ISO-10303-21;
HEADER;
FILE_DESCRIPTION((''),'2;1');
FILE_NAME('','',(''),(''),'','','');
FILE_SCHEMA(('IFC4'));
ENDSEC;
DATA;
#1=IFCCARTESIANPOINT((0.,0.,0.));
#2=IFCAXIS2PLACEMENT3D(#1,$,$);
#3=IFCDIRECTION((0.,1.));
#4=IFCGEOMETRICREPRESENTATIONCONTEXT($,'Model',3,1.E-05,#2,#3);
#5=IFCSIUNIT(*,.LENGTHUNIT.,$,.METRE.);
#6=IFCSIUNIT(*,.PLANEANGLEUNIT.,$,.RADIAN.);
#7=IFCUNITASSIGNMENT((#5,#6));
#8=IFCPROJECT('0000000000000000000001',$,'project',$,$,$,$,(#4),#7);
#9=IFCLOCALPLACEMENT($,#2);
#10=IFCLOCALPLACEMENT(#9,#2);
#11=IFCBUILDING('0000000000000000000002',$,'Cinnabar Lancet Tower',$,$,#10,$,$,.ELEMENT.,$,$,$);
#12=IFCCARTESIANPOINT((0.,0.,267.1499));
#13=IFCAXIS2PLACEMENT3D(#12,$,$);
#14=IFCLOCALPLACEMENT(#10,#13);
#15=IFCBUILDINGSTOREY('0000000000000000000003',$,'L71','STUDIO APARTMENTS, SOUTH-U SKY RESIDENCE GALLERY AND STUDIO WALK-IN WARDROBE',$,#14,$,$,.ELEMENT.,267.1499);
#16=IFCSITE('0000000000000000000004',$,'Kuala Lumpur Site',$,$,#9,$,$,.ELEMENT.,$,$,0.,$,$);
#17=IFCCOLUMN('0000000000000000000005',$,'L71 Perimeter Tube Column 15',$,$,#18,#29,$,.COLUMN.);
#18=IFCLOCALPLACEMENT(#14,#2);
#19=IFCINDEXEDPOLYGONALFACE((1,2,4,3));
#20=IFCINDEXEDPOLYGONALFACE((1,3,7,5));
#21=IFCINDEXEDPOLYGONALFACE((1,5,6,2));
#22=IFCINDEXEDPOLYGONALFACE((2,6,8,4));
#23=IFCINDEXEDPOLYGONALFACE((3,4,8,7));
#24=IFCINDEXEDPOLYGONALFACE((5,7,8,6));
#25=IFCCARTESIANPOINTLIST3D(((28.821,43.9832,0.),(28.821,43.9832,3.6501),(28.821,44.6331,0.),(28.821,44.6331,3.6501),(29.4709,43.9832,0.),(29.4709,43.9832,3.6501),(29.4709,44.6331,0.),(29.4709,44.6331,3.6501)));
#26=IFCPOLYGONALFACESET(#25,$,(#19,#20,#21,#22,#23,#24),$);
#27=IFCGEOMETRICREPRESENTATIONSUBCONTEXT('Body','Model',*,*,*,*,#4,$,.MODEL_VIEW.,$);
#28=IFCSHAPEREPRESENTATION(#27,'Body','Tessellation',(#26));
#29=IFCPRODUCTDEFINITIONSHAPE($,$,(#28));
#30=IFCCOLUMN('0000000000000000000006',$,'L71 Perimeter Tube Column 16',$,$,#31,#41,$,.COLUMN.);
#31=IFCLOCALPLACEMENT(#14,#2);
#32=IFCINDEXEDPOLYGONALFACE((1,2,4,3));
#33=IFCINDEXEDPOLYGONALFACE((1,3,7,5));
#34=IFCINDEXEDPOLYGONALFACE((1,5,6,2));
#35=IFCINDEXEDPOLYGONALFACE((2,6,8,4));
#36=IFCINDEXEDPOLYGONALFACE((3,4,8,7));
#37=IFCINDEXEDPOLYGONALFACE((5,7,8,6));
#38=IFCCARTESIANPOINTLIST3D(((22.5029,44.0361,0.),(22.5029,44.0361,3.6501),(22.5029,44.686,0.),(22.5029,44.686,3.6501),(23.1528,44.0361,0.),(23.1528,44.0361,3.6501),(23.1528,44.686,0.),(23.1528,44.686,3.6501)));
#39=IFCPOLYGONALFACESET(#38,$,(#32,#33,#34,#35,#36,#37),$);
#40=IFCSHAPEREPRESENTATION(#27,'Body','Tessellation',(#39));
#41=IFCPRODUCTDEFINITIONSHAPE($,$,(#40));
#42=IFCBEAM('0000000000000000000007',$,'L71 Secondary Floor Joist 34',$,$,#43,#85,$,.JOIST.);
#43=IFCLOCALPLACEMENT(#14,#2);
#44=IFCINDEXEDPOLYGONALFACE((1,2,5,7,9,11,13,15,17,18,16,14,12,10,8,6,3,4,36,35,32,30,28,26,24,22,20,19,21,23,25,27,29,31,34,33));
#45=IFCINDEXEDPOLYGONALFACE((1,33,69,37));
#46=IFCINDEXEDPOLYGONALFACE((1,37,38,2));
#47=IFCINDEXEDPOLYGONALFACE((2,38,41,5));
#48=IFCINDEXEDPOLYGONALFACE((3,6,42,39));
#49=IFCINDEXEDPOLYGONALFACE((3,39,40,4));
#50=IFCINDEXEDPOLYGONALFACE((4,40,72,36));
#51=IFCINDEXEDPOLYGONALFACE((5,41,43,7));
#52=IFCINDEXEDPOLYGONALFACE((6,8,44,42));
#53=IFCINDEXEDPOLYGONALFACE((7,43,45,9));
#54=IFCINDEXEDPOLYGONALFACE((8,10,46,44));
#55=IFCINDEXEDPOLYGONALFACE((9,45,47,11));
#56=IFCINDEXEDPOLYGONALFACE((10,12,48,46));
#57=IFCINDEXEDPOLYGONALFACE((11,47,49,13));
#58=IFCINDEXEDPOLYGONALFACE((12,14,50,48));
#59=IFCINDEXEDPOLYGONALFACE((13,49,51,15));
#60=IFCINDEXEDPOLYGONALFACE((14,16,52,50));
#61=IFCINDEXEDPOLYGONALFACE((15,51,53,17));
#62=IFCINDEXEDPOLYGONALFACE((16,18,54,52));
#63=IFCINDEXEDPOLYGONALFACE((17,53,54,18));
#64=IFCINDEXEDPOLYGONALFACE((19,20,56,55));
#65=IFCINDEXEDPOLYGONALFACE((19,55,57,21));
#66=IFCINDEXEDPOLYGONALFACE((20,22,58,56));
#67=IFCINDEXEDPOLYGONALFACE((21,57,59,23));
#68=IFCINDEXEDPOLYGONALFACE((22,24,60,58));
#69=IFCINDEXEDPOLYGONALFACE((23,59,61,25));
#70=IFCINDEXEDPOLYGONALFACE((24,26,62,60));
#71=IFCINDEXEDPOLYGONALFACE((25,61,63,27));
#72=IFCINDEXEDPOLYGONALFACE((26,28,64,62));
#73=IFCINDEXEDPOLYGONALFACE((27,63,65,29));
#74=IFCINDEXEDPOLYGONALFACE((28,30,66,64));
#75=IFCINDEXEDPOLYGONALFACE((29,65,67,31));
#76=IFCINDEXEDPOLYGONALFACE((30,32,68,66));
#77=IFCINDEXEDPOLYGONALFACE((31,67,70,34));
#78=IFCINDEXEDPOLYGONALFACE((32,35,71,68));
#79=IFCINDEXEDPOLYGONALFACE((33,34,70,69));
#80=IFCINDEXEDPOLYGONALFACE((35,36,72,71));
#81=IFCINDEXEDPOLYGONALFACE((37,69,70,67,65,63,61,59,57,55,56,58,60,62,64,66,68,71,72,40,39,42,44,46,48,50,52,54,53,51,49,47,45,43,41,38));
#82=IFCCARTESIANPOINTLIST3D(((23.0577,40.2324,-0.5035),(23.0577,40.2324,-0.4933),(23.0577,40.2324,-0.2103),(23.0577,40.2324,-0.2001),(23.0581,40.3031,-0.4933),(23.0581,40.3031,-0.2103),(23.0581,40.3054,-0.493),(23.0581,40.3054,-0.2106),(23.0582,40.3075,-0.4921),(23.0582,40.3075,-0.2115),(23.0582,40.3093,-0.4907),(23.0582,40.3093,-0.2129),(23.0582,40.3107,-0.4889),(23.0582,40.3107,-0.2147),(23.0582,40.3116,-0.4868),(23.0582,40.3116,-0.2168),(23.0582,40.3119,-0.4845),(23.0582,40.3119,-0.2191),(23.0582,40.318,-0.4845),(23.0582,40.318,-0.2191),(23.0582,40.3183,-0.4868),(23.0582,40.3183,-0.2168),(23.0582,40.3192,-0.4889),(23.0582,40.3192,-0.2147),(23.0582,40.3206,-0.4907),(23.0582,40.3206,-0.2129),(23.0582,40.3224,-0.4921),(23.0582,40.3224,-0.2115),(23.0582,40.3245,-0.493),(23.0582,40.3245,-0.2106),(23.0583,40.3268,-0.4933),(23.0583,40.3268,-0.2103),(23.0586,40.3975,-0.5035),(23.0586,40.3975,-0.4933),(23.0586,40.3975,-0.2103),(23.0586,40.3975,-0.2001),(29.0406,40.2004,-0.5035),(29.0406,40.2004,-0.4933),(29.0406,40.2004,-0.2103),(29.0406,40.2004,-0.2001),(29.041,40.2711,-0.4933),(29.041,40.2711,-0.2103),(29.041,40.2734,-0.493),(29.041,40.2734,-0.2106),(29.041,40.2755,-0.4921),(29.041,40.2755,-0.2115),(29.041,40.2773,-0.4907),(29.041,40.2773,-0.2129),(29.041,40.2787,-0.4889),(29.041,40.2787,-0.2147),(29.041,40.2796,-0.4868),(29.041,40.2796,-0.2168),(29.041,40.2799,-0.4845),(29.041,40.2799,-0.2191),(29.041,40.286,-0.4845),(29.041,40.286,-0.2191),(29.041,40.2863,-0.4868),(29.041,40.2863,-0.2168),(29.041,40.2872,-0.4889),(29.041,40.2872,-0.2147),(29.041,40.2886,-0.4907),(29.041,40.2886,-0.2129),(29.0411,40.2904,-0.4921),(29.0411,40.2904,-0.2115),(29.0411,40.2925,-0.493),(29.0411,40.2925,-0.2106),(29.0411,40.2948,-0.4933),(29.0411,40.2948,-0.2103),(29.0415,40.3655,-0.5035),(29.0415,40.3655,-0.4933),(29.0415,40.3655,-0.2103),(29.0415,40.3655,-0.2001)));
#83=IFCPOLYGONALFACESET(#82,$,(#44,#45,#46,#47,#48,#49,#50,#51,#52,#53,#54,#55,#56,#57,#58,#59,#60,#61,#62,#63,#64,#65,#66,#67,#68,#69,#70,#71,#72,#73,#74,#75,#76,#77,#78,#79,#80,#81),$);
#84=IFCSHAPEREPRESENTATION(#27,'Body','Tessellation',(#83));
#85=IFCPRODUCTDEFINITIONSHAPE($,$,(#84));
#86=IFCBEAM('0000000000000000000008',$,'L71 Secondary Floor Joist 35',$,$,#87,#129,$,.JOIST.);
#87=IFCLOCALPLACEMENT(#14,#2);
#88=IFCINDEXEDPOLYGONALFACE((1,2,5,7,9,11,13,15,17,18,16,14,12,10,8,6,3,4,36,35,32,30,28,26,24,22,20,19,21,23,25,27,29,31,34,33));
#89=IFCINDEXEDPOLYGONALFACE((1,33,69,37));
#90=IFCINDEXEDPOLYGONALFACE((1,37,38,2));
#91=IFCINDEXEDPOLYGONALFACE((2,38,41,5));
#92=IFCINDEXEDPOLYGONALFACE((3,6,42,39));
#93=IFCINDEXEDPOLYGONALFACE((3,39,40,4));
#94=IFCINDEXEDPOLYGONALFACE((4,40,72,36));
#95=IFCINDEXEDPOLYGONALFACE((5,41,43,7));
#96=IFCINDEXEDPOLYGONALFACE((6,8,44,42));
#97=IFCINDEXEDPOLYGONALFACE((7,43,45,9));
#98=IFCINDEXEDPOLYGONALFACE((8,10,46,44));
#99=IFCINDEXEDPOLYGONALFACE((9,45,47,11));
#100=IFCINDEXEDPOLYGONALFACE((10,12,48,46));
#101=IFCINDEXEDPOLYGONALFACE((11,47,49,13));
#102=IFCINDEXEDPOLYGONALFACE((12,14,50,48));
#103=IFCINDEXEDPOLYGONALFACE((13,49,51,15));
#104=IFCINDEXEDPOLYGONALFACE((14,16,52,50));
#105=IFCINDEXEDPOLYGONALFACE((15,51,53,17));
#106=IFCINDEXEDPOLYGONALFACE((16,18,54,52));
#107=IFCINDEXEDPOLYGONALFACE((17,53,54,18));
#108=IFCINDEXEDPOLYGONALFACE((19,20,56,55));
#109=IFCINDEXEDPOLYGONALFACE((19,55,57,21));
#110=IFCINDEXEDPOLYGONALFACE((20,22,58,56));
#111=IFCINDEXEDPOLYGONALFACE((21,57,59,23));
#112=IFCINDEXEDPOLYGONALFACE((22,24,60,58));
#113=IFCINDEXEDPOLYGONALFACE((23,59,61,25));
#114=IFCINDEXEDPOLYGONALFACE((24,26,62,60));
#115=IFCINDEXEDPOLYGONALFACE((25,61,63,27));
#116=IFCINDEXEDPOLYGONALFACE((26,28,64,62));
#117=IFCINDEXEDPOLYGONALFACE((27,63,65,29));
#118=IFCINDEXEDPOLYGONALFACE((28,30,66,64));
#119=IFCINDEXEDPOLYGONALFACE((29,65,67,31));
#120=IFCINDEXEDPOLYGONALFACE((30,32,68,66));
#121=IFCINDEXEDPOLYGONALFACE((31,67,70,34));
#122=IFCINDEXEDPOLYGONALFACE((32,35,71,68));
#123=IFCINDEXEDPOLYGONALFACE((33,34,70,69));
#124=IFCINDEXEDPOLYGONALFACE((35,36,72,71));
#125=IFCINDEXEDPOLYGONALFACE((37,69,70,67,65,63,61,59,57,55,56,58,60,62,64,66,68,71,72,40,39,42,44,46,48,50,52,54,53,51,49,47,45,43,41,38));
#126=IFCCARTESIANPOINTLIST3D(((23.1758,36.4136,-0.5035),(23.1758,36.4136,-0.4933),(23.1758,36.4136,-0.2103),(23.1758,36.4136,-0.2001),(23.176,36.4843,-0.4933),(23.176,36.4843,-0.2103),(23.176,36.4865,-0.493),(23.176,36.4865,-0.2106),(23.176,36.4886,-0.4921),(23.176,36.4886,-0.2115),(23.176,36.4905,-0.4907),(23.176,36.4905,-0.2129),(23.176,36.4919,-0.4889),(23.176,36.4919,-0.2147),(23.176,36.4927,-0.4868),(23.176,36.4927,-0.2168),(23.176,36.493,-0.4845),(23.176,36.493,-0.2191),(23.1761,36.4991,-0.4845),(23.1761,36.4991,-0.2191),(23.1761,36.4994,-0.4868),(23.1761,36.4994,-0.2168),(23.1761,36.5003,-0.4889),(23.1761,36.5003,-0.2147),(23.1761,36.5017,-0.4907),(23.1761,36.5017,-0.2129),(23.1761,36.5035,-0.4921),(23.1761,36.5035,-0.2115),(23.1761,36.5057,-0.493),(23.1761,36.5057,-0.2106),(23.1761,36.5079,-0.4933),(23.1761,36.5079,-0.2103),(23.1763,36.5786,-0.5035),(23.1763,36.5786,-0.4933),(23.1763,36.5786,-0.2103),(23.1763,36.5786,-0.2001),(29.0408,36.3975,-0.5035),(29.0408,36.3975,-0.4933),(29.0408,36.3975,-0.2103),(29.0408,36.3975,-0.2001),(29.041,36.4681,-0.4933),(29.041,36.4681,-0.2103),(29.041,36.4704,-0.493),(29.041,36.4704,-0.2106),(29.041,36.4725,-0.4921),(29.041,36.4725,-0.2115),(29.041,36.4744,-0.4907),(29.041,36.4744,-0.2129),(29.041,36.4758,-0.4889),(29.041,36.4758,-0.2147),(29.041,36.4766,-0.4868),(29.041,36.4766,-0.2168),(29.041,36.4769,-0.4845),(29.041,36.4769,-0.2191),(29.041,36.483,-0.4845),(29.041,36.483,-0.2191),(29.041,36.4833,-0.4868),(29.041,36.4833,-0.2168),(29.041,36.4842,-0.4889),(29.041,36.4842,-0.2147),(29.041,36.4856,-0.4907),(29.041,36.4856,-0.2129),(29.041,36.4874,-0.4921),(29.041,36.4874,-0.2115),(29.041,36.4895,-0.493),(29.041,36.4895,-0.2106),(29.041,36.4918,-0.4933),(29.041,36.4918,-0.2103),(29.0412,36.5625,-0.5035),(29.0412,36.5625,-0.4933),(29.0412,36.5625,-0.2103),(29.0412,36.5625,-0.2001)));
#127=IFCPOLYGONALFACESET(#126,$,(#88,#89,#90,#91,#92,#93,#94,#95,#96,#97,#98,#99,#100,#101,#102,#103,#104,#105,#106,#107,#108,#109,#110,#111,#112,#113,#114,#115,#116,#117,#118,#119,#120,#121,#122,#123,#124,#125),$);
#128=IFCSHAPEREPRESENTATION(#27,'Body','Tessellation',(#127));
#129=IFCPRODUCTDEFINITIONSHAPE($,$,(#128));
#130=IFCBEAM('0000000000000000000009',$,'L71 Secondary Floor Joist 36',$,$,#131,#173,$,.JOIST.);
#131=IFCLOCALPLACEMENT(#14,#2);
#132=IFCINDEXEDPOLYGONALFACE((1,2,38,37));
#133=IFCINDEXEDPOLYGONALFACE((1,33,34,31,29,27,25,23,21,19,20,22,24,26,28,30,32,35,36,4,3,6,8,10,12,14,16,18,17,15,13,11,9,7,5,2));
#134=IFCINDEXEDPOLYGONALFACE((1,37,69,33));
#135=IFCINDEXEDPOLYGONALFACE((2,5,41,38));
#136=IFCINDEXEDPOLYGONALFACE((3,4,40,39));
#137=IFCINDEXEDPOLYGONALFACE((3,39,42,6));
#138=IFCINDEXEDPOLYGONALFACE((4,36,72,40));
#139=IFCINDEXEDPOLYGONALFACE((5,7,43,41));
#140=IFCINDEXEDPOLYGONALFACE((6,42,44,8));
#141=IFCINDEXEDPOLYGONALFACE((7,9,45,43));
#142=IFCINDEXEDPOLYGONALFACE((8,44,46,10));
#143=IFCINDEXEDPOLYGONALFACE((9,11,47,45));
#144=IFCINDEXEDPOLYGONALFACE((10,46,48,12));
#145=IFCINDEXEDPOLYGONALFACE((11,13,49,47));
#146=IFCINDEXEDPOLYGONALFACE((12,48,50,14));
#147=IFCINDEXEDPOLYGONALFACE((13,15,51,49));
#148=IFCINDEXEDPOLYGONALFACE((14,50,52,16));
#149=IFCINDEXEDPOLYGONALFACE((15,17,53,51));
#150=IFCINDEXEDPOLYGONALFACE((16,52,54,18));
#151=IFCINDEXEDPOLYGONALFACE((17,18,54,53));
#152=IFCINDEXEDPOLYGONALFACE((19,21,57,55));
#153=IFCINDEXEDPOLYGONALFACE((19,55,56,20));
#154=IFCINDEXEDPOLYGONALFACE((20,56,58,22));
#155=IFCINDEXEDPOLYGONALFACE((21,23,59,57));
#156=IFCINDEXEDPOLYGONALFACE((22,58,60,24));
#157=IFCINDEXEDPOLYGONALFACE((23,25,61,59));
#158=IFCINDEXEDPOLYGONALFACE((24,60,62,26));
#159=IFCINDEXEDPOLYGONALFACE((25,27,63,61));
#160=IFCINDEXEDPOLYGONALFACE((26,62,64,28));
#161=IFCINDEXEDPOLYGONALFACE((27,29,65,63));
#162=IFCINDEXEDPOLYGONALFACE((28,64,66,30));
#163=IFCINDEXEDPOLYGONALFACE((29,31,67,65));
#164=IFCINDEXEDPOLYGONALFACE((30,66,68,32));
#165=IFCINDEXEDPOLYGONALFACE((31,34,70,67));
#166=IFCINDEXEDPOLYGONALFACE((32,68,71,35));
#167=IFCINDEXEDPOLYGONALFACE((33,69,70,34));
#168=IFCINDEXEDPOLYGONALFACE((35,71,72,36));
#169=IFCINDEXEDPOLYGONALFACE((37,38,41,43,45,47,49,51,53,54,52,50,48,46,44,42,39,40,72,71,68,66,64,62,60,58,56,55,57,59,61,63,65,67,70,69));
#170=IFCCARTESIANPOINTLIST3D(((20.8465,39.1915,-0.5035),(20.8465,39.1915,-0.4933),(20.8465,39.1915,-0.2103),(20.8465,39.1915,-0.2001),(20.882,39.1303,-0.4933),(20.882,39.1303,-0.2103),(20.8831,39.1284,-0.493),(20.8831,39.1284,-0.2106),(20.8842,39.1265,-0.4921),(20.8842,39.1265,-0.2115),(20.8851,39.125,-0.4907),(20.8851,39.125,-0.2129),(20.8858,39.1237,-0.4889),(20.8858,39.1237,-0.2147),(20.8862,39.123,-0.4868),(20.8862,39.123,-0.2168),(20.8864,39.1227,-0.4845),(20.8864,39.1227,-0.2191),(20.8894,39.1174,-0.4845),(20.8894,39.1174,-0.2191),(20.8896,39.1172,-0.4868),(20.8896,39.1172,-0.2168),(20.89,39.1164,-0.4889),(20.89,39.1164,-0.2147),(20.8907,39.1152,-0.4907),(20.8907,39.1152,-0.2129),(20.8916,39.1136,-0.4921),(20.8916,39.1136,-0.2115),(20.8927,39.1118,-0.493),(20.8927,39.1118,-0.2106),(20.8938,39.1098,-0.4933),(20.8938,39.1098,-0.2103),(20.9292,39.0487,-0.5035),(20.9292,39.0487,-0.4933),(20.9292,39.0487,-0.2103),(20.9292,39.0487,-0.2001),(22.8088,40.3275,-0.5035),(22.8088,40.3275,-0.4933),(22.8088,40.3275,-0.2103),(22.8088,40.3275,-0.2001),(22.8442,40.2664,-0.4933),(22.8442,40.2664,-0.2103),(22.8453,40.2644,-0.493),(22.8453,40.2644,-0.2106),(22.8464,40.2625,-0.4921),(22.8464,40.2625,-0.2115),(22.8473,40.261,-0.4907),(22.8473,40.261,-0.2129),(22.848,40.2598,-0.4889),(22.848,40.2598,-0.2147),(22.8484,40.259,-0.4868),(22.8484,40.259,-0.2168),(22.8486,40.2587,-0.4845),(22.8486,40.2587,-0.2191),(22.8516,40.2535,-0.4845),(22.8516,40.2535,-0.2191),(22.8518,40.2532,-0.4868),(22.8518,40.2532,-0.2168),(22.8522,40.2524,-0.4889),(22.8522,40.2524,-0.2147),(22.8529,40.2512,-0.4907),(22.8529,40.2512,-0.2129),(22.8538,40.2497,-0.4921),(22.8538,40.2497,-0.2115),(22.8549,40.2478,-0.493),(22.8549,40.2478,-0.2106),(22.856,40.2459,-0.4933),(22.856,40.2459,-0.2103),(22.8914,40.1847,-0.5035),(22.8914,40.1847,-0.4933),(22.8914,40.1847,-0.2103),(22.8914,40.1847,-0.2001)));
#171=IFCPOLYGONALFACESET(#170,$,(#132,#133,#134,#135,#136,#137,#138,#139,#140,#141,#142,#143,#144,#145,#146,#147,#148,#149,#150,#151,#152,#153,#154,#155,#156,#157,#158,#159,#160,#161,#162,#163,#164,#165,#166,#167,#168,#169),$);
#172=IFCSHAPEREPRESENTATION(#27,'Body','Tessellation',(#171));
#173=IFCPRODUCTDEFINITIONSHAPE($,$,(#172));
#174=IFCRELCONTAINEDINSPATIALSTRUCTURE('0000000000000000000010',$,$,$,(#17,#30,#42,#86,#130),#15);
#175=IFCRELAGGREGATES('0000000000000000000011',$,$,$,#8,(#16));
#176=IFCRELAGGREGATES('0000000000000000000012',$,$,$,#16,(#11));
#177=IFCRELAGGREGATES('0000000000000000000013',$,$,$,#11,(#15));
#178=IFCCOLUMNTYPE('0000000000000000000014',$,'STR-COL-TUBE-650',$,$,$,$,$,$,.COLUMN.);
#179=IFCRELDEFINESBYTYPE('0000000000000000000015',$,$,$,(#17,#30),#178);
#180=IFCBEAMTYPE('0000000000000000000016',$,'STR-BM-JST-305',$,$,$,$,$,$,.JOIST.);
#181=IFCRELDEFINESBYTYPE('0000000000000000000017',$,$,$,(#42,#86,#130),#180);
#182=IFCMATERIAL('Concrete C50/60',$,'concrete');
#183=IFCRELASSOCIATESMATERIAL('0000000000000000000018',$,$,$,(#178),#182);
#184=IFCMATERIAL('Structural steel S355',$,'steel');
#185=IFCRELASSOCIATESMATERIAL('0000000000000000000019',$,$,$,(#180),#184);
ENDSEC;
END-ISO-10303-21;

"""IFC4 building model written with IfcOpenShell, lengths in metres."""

from ifc_helpers import new_model, si_unit, direction, frame, origin, origin_2d, place, context, subcontext, project, spatial, rectangle, i_section, extrude, material, material_profile, profile_set, type_object, element, save


model = new_model("IFC4")

# Units and contexts
model_context = context("Model", 3, precision=1e-05, world=origin(), true_north=direction((0.0, 1.0)))
body_context = subcontext(model_context, "Body", "Model", "MODEL_VIEW")
ifc_project = project(units=[si_unit("LENGTHUNIT", "METRE"), si_unit("PLANEANGLEUNIT", "RADIAN")], contexts=[model_context])

# Site, building, storey
site_placement = place(None, origin())
site = spatial("IfcSite", under=ifc_project, at=site_placement, Name="Kuala Lumpur Site", CompositionType="ELEMENT", RefElevation=0.0)
building_placement = place(site_placement, origin())
building = spatial("IfcBuilding", under=site, at=building_placement, Name="Cinnabar Lancet Tower", CompositionType="ELEMENT")
storey_placement = place(building_placement, frame((0.0, 0.0, 267.1499)))
storey = spatial("IfcBuildingStorey", under=building, at=storey_placement, Name="L71", Description="STUDIO APARTMENTS, SOUTH-U SKY RESIDENCE GALLERY AND STUDIO WALK-IN WARDROBE", CompositionType="ELEMENT", Elevation=267.1499)

# Columns
ifc_material_1 = material(Name="Concrete C50/60", Category="concrete")
ifc_material_profile_1 = material_profile(ifc_material_1, rectangle(XDim=0.6499, YDim=0.6499, at=origin_2d()), Name="RC-COL 650x650")
ifc_profile_set_1 = profile_set([ifc_material_profile_1], Name="Concrete C50/60")
column_type = type_object("IfcColumnType", Name="STR-COL-TUBE-650", PredefinedType="COLUMN", material=ifc_profile_set_1)
for number, where, z_axis, x_axis, name in (
    (1, (29.146, 44.3081, 0.0), (0.0, 0.0, 1.0), (1.0, 0.0, 0.0), "L71 Perimeter Tube Column 15"),
    (2, (22.8279, 44.3611, 0.0), (0.0, 0.0, 1.0), (1.0, 0.0, 0.0), "L71 Perimeter Tube Column 16"),
):
    element("IfcColumn", number, at=place(storey_placement, frame(where, z_axis=z_axis, x_axis=x_axis)), inside=storey, type_object=column_type, Name=name, PredefinedType="COLUMN", context=body_context, shape_type="SweptSolid", body=[
        extrude(rectangle(XDim=0.6499, YDim=0.6499, at=origin_2d()), origin(), (0.0, 0.0, 1.0), 3.6501),
    ])

# Beams
ifc_material_2 = material(Name="Structural steel S355", Category="steel")
ifc_material_profile_2 = material_profile(ifc_material_2, i_section(OverallWidth=0.165, OverallDepth=0.3035, WebThickness=0.0061, FlangeThickness=0.0103, FilletRadius=0.0088, at=origin_2d()), Name="UKB 305x165x40")
ifc_profile_set_2 = profile_set([ifc_material_profile_2], Name="Structural steel S355")
beam_type_1 = type_object("IfcBeamType", Name="STR-BM-JST-305", PredefinedType="JOIST", material=ifc_profile_set_2)
beam_1_placement = place(storey_placement, frame((29.041, 40.283, -0.3518), z_axis=(-0.999986, 0.005346, 0.0), x_axis=(-0.005346, -0.999986, 0.0)))
element("IfcBeam", 3, at=beam_1_placement, inside=storey, type_object=beam_type_1, Name="L71 Secondary Floor Joist 34", PredefinedType="JOIST", context=body_context, shape_type="SweptSolid", body=[
    extrude(i_section(OverallWidth=0.165, OverallDepth=0.3035, WebThickness=0.0061, FlangeThickness=0.0103, FilletRadius=0.0088, at=origin_2d()), origin(), (0.0, 0.0, 1.0), 5.9829),
])
beam_2_placement = place(storey_placement, frame((29.041, 36.48, -0.3518), z_axis=(-0.999996, 0.002747, 0.0), x_axis=(-0.002747, -0.999996, 0.0)))
element("IfcBeam", 4, at=beam_2_placement, inside=storey, type_object=beam_type_1, Name="L71 Secondary Floor Joist 35", PredefinedType="JOIST", context=body_context, shape_type="SweptSolid", body=[
    extrude(i_section(OverallWidth=0.165, OverallDepth=0.3035, WebThickness=0.0061, FlangeThickness=0.0103, FilletRadius=0.0088, at=origin_2d()), origin(), (0.0, 0.0, 1.0), 5.865),
])
beam_3_placement = place(storey_placement, frame((22.8501, 40.2561, -0.3518), z_axis=(-0.865426, -0.501036, 0.0), x_axis=(0.501036, -0.865426, 0.0)))
element("IfcBeam", 5, at=beam_3_placement, inside=storey, type_object=beam_type_1, Name="L71 Secondary Floor Joist 36", PredefinedType="JOIST", context=body_context, shape_type="SweptSolid", body=[
    extrude(i_section(OverallWidth=0.165, OverallDepth=0.3035, WebThickness=0.0061, FlangeThickness=0.0103, FilletRadius=0.0088, at=origin_2d()), origin(), (0.0, 0.0, 1.0), 2.2673),
])

save(model, "model.ifc")
